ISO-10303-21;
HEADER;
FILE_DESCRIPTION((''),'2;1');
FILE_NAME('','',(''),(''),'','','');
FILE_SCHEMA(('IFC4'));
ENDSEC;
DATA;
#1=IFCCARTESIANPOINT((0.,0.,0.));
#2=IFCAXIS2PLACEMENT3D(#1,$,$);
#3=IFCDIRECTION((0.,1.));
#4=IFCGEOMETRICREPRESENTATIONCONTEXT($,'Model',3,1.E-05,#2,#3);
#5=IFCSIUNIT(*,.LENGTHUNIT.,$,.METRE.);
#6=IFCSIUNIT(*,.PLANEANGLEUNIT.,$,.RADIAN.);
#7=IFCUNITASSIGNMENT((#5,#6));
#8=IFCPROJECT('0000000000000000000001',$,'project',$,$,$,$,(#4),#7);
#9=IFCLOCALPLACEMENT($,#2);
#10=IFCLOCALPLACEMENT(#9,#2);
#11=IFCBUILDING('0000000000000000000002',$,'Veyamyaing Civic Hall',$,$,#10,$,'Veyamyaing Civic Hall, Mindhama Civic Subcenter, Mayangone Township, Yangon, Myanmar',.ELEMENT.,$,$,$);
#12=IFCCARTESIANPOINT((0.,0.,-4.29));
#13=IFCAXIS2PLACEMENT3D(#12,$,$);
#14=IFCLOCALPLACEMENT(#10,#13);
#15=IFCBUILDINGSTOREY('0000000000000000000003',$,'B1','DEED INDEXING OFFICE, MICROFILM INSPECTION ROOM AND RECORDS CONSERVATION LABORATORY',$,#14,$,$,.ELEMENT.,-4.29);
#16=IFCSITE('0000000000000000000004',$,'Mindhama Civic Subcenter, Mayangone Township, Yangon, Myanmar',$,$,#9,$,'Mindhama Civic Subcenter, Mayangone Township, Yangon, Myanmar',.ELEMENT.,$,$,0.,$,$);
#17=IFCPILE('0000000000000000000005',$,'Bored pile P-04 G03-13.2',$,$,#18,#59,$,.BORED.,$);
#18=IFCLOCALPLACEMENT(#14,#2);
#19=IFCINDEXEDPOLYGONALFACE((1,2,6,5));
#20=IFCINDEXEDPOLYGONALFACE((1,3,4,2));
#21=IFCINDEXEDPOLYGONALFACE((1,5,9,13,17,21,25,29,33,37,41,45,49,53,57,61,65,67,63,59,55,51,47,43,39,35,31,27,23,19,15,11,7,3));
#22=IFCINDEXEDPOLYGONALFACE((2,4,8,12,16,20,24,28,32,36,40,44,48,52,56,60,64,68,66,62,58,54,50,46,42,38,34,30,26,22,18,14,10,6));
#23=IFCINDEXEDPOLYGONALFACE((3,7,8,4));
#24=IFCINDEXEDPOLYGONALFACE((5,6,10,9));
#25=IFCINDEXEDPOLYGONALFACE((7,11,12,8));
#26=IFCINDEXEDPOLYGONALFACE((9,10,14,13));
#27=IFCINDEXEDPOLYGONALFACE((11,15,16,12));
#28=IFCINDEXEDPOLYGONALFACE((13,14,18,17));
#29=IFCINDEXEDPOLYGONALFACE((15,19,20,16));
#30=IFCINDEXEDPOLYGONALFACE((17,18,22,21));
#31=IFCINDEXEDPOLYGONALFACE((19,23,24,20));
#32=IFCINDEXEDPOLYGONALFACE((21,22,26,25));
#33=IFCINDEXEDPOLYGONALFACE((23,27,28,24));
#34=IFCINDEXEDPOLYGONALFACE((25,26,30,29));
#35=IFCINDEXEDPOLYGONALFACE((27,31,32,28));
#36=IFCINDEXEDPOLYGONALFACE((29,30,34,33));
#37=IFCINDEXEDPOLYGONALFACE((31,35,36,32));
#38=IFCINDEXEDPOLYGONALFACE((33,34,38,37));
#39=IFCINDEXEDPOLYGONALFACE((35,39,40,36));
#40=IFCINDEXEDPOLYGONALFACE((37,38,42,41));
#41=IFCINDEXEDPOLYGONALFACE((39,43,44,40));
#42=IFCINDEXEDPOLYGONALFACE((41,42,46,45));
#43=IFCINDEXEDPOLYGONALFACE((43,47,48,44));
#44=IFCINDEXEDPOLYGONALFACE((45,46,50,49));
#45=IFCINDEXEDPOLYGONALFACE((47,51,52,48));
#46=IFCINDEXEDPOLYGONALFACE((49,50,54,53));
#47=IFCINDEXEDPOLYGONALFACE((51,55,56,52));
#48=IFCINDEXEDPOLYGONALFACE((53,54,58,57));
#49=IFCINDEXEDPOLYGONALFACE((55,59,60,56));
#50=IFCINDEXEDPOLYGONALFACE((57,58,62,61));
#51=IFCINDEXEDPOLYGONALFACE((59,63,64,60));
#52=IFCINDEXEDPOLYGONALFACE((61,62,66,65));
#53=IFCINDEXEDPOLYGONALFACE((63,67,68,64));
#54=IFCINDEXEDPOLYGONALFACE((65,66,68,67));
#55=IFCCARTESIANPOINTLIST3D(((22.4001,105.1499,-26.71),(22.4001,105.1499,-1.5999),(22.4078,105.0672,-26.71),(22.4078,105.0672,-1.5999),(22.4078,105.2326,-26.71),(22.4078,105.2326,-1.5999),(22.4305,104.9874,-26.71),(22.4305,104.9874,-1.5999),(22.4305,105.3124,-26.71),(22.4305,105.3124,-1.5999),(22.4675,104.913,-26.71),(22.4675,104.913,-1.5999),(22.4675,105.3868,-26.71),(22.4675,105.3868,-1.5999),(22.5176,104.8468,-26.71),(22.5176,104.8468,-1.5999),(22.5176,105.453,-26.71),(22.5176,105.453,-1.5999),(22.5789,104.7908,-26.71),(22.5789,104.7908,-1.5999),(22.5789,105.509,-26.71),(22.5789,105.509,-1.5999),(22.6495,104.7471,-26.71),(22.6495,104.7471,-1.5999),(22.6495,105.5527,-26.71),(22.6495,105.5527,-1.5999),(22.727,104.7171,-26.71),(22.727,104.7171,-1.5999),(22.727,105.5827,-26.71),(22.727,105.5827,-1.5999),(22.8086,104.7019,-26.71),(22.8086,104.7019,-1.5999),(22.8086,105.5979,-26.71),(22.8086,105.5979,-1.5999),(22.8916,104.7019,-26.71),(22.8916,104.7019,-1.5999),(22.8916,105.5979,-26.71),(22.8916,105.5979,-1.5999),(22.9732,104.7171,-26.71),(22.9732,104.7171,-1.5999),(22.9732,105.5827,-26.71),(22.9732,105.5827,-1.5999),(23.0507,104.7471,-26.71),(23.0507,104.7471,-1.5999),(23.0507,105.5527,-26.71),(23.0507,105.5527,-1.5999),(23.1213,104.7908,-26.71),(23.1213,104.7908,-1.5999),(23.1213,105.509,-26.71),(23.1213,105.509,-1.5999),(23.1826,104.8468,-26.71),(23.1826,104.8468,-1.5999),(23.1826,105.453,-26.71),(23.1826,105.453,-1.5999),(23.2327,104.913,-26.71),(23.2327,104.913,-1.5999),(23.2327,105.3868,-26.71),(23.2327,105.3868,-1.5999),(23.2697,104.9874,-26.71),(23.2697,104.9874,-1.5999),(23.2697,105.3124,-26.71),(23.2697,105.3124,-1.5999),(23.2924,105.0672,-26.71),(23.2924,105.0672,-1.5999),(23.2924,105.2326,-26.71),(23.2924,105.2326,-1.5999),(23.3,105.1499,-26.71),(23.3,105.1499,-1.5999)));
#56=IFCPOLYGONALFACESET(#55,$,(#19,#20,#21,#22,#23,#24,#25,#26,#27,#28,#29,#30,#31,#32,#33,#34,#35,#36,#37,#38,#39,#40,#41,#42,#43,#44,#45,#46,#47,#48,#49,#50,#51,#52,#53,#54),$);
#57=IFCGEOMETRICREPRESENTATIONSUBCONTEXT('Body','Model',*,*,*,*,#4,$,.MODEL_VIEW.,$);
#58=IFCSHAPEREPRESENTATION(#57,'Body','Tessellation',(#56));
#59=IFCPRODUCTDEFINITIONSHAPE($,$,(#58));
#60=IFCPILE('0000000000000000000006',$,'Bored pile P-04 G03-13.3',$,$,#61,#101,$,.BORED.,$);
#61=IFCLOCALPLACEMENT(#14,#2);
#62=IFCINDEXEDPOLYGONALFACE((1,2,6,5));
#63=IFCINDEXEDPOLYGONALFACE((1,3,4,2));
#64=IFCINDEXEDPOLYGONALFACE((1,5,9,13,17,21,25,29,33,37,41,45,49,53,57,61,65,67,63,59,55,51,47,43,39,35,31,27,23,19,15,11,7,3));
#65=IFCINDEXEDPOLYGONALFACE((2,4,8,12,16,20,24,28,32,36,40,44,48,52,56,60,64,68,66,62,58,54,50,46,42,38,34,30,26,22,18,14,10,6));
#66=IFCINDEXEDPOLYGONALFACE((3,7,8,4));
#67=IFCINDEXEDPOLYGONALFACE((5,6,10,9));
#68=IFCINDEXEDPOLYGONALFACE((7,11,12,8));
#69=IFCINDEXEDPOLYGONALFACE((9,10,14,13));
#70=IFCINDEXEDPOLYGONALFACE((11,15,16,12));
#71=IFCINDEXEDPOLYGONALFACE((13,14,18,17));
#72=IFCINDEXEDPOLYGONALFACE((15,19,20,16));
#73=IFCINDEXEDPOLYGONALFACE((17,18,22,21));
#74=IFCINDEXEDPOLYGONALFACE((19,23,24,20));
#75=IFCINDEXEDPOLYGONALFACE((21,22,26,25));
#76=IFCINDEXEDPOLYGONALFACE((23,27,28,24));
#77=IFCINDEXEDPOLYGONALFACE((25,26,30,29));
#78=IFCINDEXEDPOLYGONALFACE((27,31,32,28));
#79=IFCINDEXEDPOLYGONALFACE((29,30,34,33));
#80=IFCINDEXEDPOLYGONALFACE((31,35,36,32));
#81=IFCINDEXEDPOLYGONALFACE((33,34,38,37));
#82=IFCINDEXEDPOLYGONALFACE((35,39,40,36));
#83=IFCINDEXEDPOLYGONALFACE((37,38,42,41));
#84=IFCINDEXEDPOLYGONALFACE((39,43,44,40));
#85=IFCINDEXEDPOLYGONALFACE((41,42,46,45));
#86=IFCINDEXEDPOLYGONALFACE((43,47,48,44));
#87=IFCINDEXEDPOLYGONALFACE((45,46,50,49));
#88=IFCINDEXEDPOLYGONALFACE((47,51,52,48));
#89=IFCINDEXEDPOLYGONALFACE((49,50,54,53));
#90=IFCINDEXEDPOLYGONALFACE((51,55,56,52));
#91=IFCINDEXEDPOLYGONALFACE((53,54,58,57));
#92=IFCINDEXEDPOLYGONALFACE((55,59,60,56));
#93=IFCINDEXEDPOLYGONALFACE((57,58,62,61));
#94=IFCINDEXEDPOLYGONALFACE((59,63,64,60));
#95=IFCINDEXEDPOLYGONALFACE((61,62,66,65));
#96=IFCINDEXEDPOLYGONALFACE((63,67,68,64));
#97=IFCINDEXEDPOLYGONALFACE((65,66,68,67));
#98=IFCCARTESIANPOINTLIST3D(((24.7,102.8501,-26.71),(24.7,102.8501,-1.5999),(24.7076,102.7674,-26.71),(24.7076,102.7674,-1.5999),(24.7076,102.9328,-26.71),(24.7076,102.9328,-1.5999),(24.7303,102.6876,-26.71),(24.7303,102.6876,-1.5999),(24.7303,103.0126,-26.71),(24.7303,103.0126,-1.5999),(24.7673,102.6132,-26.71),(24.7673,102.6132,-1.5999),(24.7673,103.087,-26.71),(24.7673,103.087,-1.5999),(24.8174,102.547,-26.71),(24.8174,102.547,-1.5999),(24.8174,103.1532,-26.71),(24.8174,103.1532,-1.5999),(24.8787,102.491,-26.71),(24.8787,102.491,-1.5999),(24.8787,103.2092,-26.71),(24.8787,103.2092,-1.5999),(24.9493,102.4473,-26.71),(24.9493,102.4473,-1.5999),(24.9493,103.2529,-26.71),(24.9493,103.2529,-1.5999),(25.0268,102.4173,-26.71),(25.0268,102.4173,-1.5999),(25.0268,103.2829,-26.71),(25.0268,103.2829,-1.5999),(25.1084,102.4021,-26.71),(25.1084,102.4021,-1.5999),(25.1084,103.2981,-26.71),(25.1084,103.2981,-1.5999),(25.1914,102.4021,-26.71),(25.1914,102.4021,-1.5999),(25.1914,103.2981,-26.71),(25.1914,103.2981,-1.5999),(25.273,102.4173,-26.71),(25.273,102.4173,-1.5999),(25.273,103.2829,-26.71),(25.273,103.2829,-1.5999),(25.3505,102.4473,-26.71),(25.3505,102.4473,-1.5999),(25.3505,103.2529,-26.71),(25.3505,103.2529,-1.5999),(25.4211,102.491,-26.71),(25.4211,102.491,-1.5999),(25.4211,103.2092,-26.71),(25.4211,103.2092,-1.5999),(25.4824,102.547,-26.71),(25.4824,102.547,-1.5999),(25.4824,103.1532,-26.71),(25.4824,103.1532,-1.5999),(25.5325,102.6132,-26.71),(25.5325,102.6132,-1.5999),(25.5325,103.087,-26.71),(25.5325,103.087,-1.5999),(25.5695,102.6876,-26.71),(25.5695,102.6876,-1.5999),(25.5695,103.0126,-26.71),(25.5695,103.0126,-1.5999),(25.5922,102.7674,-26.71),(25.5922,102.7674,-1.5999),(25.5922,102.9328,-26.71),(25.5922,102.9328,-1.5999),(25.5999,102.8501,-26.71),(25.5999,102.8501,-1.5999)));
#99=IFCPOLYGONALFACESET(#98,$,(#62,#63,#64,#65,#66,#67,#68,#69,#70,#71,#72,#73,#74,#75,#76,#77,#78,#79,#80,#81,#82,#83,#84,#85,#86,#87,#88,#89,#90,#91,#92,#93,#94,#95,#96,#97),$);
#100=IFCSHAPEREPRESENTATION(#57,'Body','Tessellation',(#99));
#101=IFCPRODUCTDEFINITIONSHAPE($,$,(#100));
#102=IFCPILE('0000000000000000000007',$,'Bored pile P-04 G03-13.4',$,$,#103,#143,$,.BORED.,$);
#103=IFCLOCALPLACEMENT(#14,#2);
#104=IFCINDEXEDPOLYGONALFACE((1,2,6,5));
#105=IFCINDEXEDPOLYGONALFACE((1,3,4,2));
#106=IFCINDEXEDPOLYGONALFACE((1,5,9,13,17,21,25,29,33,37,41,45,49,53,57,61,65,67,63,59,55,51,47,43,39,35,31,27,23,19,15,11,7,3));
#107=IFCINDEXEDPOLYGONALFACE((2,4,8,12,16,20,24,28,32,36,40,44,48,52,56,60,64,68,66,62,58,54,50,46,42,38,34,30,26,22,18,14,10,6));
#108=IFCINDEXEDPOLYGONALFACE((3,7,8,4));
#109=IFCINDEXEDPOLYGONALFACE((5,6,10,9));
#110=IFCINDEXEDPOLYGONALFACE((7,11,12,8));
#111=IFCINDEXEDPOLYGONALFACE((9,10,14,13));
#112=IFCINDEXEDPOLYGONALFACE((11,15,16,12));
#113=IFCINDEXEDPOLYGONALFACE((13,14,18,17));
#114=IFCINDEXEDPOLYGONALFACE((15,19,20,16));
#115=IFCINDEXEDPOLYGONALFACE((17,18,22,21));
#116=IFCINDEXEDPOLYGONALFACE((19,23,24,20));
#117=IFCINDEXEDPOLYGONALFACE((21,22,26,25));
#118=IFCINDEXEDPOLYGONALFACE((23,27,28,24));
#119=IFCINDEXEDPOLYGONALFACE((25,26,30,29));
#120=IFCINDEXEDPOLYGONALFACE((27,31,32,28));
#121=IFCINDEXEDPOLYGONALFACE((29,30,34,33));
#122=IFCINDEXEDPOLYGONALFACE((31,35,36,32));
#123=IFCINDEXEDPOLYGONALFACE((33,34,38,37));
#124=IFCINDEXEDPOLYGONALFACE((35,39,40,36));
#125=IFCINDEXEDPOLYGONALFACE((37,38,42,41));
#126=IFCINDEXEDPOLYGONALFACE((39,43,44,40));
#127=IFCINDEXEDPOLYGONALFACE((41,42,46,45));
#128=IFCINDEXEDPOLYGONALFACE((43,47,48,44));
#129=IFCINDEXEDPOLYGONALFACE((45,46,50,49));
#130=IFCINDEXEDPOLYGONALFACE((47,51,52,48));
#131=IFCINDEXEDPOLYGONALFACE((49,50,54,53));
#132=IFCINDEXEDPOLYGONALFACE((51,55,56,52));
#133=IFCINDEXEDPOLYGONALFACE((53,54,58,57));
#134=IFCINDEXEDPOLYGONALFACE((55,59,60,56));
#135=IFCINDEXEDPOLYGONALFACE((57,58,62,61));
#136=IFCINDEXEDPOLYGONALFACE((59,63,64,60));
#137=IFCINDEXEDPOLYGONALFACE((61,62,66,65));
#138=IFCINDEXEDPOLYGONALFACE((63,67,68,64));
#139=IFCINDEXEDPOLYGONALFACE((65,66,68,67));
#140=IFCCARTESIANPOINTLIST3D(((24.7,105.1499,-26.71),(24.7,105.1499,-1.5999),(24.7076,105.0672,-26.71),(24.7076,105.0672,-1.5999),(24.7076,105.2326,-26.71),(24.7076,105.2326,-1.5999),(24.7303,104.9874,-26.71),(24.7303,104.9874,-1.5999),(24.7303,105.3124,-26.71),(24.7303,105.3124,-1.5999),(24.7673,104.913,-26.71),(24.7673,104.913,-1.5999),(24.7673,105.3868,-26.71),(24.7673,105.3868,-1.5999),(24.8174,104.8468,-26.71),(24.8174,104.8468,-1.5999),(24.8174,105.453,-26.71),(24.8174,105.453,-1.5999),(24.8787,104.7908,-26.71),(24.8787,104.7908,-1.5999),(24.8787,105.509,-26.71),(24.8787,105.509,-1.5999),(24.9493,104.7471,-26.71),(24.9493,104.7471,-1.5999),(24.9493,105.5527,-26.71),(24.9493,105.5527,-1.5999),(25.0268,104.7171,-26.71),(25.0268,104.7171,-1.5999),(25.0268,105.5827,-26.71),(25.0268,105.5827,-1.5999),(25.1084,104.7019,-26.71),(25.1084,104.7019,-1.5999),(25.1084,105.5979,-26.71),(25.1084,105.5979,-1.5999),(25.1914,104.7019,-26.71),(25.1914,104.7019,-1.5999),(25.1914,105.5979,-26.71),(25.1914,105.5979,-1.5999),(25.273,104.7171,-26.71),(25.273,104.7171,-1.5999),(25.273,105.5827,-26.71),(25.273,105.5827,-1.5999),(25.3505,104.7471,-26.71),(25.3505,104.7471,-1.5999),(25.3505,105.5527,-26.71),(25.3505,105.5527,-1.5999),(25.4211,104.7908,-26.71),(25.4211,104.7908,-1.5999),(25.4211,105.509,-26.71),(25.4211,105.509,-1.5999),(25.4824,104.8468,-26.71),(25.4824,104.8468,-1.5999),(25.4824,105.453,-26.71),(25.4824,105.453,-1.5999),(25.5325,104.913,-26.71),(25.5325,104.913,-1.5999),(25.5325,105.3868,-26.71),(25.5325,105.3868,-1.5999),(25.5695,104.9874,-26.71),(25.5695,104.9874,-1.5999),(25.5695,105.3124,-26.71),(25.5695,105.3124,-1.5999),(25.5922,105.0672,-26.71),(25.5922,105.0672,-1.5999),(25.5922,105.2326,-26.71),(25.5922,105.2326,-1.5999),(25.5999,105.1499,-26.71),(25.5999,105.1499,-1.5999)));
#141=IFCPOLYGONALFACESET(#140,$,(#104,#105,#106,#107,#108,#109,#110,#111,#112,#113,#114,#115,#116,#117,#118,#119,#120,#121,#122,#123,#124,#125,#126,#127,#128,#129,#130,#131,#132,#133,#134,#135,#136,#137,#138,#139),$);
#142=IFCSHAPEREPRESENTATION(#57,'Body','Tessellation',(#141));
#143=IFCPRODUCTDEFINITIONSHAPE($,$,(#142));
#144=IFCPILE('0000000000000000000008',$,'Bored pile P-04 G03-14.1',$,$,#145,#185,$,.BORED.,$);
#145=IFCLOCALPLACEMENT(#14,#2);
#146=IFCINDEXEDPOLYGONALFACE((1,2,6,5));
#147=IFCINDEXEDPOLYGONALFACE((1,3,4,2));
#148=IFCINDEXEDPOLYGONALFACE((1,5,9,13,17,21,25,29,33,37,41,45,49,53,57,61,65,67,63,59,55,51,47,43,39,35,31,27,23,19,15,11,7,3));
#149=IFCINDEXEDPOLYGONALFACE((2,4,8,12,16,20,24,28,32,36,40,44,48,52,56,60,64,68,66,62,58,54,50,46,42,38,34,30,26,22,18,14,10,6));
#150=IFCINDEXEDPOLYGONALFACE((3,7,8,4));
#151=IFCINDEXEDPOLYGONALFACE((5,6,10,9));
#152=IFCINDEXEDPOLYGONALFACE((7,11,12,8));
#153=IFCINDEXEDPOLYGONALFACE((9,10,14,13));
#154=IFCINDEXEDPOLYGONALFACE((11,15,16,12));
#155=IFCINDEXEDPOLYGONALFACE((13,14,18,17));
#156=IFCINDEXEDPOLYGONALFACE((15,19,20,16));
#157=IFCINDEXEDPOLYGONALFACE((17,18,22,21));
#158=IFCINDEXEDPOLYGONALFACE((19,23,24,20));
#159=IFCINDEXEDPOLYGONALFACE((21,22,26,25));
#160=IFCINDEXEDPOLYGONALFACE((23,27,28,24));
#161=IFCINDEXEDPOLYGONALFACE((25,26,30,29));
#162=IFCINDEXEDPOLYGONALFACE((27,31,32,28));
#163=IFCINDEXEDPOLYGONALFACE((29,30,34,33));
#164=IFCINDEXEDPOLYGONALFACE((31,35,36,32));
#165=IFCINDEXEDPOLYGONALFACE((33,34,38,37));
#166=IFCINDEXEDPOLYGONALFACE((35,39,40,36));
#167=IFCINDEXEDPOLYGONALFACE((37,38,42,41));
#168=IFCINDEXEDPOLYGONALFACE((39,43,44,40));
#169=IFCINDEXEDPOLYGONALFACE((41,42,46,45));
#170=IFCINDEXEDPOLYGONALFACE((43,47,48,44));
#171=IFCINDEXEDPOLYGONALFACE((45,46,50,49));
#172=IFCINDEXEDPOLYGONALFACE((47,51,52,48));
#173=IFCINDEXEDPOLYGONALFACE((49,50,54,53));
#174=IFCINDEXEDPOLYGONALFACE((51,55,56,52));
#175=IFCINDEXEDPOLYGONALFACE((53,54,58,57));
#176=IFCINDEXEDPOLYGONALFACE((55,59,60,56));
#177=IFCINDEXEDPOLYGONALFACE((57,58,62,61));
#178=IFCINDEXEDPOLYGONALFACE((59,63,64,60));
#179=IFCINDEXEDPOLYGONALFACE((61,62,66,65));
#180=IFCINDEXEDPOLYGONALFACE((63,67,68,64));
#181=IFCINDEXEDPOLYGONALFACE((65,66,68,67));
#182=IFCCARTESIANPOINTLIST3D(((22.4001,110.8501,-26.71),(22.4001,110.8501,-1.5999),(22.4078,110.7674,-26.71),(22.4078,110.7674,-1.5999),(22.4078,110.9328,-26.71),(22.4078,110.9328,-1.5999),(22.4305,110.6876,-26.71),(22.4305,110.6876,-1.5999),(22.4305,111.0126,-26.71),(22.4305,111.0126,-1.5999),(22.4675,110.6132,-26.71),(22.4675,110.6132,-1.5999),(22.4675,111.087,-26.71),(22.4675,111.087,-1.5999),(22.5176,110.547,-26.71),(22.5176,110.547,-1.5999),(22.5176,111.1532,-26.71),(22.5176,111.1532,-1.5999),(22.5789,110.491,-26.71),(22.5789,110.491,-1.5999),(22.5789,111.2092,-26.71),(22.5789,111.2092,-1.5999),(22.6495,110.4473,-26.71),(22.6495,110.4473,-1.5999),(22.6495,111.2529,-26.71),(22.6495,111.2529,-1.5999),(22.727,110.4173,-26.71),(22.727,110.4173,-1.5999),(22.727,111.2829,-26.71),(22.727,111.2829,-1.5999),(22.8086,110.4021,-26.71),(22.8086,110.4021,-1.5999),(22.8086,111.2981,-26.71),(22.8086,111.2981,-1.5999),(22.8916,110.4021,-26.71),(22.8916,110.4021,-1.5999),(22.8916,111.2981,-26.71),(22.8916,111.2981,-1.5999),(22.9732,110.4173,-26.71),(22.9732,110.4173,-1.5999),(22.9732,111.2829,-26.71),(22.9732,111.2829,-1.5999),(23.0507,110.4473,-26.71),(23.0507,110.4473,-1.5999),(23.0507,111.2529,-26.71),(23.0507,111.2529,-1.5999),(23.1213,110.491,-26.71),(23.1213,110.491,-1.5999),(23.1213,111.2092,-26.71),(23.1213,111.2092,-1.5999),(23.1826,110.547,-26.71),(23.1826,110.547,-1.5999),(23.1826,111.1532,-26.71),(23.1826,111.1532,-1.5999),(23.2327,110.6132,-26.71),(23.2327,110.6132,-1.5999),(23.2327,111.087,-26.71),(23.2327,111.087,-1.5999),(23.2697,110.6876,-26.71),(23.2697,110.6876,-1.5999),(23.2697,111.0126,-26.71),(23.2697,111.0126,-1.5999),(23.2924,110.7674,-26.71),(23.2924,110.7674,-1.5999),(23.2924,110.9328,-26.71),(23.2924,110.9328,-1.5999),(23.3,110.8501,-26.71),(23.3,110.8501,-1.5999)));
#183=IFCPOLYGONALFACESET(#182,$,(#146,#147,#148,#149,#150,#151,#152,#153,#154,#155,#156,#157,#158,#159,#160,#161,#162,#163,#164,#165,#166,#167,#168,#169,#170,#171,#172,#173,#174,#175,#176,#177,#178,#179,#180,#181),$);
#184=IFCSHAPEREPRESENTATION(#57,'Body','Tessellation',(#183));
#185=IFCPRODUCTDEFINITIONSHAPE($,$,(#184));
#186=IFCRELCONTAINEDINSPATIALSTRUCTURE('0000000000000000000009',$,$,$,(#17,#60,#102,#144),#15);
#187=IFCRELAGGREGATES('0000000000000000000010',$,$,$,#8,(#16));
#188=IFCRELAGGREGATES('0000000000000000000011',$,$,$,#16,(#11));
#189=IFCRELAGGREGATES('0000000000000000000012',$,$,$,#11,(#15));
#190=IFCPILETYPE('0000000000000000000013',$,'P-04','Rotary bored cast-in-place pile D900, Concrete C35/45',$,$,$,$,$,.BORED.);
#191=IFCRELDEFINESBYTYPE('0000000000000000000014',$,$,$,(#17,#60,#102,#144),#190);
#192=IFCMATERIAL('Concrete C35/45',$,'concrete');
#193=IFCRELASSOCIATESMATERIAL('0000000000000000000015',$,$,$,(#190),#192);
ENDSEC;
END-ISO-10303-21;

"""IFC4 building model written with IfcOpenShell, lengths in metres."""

from ifc_helpers import new_model, si_unit, direction, frame, origin, origin_2d, place, context, subcontext, project, spatial, circle, extrude, material, material_profile, profile_set, type_object, element, save


model = new_model("IFC4")

# Units and contexts
model_context = context("Model", 3, precision=1e-05, world=origin(), true_north=direction((0.0, 1.0)))
body_context = subcontext(model_context, "Body", "Model", "MODEL_VIEW")
ifc_project = project(units=[si_unit("LENGTHUNIT", "METRE"), si_unit("PLANEANGLEUNIT", "RADIAN")], contexts=[model_context])

# Site, building, storey
site_placement = place(None, origin())
site = spatial("IfcSite", under=ifc_project, at=site_placement, Name="Mindhama Civic Subcenter, Mayangone Township, Yangon, Myanmar", LongName="Mindhama Civic Subcenter, Mayangone Township, Yangon, Myanmar", CompositionType="ELEMENT", RefElevation=0.0)
building_placement = place(site_placement, origin())
building = spatial("IfcBuilding", under=site, at=building_placement, Name="Veyamyaing Civic Hall", LongName="Veyamyaing Civic Hall, Mindhama Civic Subcenter, Mayangone Township, Yangon, Myanmar", CompositionType="ELEMENT")
storey_placement = place(building_placement, frame((0.0, 0.0, -4.29)))
storey = spatial("IfcBuildingStorey", under=building, at=storey_placement, Name="B1", Description="DEED INDEXING OFFICE, MICROFILM INSPECTION ROOM AND RECORDS CONSERVATION LABORATORY", CompositionType="ELEMENT", Elevation=-4.29)

# Piles
ifc_material_1 = material(Name="Concrete C35/45", Category="concrete")
ifc_material_profile_1 = material_profile(ifc_material_1, circle(Radius=0.45, at=origin_2d()), Name="PILE-D900")
ifc_profile_set_1 = profile_set([ifc_material_profile_1], Name="Concrete C35/45")
pile_type_1 = type_object("IfcPileType", Name="P-04", Description="Rotary bored cast-in-place pile D900, Concrete C35/45", PredefinedType="BORED", material=ifc_profile_set_1)
for number, where, z_axis, x_axis, name in (
    (1, (22.8501, 105.1499, -1.5999), (0.0, 0.0, -1.0), (1.0, 0.0, 0.0), "Bored pile P-04 G03-13.2"),
    (2, (25.1499, 102.8501, -1.5999), (0.0, 0.0, -1.0), (1.0, 0.0, 0.0), "Bored pile P-04 G03-13.3"),
    (3, (25.1499, 105.1499, -1.5999), (0.0, 0.0, -1.0), (1.0, 0.0, 0.0), "Bored pile P-04 G03-13.4"),
    (4, (22.8501, 110.8501, -1.5999), (0.0, 0.0, -1.0), (1.0, 0.0, 0.0), "Bored pile P-04 G03-14.1"),
):
    element("IfcPile", number, at=place(storey_placement, frame(where, z_axis=z_axis, x_axis=x_axis)), inside=storey, type_object=pile_type_1, Name=name, PredefinedType="BORED", context=body_context, shape_type="SweptSolid", body=[
        extrude(circle(Radius=0.45, at=origin_2d()), origin(), (0.0, 0.0, 1.0), 25.1101),
    ])

save(model, "model.ifc")
